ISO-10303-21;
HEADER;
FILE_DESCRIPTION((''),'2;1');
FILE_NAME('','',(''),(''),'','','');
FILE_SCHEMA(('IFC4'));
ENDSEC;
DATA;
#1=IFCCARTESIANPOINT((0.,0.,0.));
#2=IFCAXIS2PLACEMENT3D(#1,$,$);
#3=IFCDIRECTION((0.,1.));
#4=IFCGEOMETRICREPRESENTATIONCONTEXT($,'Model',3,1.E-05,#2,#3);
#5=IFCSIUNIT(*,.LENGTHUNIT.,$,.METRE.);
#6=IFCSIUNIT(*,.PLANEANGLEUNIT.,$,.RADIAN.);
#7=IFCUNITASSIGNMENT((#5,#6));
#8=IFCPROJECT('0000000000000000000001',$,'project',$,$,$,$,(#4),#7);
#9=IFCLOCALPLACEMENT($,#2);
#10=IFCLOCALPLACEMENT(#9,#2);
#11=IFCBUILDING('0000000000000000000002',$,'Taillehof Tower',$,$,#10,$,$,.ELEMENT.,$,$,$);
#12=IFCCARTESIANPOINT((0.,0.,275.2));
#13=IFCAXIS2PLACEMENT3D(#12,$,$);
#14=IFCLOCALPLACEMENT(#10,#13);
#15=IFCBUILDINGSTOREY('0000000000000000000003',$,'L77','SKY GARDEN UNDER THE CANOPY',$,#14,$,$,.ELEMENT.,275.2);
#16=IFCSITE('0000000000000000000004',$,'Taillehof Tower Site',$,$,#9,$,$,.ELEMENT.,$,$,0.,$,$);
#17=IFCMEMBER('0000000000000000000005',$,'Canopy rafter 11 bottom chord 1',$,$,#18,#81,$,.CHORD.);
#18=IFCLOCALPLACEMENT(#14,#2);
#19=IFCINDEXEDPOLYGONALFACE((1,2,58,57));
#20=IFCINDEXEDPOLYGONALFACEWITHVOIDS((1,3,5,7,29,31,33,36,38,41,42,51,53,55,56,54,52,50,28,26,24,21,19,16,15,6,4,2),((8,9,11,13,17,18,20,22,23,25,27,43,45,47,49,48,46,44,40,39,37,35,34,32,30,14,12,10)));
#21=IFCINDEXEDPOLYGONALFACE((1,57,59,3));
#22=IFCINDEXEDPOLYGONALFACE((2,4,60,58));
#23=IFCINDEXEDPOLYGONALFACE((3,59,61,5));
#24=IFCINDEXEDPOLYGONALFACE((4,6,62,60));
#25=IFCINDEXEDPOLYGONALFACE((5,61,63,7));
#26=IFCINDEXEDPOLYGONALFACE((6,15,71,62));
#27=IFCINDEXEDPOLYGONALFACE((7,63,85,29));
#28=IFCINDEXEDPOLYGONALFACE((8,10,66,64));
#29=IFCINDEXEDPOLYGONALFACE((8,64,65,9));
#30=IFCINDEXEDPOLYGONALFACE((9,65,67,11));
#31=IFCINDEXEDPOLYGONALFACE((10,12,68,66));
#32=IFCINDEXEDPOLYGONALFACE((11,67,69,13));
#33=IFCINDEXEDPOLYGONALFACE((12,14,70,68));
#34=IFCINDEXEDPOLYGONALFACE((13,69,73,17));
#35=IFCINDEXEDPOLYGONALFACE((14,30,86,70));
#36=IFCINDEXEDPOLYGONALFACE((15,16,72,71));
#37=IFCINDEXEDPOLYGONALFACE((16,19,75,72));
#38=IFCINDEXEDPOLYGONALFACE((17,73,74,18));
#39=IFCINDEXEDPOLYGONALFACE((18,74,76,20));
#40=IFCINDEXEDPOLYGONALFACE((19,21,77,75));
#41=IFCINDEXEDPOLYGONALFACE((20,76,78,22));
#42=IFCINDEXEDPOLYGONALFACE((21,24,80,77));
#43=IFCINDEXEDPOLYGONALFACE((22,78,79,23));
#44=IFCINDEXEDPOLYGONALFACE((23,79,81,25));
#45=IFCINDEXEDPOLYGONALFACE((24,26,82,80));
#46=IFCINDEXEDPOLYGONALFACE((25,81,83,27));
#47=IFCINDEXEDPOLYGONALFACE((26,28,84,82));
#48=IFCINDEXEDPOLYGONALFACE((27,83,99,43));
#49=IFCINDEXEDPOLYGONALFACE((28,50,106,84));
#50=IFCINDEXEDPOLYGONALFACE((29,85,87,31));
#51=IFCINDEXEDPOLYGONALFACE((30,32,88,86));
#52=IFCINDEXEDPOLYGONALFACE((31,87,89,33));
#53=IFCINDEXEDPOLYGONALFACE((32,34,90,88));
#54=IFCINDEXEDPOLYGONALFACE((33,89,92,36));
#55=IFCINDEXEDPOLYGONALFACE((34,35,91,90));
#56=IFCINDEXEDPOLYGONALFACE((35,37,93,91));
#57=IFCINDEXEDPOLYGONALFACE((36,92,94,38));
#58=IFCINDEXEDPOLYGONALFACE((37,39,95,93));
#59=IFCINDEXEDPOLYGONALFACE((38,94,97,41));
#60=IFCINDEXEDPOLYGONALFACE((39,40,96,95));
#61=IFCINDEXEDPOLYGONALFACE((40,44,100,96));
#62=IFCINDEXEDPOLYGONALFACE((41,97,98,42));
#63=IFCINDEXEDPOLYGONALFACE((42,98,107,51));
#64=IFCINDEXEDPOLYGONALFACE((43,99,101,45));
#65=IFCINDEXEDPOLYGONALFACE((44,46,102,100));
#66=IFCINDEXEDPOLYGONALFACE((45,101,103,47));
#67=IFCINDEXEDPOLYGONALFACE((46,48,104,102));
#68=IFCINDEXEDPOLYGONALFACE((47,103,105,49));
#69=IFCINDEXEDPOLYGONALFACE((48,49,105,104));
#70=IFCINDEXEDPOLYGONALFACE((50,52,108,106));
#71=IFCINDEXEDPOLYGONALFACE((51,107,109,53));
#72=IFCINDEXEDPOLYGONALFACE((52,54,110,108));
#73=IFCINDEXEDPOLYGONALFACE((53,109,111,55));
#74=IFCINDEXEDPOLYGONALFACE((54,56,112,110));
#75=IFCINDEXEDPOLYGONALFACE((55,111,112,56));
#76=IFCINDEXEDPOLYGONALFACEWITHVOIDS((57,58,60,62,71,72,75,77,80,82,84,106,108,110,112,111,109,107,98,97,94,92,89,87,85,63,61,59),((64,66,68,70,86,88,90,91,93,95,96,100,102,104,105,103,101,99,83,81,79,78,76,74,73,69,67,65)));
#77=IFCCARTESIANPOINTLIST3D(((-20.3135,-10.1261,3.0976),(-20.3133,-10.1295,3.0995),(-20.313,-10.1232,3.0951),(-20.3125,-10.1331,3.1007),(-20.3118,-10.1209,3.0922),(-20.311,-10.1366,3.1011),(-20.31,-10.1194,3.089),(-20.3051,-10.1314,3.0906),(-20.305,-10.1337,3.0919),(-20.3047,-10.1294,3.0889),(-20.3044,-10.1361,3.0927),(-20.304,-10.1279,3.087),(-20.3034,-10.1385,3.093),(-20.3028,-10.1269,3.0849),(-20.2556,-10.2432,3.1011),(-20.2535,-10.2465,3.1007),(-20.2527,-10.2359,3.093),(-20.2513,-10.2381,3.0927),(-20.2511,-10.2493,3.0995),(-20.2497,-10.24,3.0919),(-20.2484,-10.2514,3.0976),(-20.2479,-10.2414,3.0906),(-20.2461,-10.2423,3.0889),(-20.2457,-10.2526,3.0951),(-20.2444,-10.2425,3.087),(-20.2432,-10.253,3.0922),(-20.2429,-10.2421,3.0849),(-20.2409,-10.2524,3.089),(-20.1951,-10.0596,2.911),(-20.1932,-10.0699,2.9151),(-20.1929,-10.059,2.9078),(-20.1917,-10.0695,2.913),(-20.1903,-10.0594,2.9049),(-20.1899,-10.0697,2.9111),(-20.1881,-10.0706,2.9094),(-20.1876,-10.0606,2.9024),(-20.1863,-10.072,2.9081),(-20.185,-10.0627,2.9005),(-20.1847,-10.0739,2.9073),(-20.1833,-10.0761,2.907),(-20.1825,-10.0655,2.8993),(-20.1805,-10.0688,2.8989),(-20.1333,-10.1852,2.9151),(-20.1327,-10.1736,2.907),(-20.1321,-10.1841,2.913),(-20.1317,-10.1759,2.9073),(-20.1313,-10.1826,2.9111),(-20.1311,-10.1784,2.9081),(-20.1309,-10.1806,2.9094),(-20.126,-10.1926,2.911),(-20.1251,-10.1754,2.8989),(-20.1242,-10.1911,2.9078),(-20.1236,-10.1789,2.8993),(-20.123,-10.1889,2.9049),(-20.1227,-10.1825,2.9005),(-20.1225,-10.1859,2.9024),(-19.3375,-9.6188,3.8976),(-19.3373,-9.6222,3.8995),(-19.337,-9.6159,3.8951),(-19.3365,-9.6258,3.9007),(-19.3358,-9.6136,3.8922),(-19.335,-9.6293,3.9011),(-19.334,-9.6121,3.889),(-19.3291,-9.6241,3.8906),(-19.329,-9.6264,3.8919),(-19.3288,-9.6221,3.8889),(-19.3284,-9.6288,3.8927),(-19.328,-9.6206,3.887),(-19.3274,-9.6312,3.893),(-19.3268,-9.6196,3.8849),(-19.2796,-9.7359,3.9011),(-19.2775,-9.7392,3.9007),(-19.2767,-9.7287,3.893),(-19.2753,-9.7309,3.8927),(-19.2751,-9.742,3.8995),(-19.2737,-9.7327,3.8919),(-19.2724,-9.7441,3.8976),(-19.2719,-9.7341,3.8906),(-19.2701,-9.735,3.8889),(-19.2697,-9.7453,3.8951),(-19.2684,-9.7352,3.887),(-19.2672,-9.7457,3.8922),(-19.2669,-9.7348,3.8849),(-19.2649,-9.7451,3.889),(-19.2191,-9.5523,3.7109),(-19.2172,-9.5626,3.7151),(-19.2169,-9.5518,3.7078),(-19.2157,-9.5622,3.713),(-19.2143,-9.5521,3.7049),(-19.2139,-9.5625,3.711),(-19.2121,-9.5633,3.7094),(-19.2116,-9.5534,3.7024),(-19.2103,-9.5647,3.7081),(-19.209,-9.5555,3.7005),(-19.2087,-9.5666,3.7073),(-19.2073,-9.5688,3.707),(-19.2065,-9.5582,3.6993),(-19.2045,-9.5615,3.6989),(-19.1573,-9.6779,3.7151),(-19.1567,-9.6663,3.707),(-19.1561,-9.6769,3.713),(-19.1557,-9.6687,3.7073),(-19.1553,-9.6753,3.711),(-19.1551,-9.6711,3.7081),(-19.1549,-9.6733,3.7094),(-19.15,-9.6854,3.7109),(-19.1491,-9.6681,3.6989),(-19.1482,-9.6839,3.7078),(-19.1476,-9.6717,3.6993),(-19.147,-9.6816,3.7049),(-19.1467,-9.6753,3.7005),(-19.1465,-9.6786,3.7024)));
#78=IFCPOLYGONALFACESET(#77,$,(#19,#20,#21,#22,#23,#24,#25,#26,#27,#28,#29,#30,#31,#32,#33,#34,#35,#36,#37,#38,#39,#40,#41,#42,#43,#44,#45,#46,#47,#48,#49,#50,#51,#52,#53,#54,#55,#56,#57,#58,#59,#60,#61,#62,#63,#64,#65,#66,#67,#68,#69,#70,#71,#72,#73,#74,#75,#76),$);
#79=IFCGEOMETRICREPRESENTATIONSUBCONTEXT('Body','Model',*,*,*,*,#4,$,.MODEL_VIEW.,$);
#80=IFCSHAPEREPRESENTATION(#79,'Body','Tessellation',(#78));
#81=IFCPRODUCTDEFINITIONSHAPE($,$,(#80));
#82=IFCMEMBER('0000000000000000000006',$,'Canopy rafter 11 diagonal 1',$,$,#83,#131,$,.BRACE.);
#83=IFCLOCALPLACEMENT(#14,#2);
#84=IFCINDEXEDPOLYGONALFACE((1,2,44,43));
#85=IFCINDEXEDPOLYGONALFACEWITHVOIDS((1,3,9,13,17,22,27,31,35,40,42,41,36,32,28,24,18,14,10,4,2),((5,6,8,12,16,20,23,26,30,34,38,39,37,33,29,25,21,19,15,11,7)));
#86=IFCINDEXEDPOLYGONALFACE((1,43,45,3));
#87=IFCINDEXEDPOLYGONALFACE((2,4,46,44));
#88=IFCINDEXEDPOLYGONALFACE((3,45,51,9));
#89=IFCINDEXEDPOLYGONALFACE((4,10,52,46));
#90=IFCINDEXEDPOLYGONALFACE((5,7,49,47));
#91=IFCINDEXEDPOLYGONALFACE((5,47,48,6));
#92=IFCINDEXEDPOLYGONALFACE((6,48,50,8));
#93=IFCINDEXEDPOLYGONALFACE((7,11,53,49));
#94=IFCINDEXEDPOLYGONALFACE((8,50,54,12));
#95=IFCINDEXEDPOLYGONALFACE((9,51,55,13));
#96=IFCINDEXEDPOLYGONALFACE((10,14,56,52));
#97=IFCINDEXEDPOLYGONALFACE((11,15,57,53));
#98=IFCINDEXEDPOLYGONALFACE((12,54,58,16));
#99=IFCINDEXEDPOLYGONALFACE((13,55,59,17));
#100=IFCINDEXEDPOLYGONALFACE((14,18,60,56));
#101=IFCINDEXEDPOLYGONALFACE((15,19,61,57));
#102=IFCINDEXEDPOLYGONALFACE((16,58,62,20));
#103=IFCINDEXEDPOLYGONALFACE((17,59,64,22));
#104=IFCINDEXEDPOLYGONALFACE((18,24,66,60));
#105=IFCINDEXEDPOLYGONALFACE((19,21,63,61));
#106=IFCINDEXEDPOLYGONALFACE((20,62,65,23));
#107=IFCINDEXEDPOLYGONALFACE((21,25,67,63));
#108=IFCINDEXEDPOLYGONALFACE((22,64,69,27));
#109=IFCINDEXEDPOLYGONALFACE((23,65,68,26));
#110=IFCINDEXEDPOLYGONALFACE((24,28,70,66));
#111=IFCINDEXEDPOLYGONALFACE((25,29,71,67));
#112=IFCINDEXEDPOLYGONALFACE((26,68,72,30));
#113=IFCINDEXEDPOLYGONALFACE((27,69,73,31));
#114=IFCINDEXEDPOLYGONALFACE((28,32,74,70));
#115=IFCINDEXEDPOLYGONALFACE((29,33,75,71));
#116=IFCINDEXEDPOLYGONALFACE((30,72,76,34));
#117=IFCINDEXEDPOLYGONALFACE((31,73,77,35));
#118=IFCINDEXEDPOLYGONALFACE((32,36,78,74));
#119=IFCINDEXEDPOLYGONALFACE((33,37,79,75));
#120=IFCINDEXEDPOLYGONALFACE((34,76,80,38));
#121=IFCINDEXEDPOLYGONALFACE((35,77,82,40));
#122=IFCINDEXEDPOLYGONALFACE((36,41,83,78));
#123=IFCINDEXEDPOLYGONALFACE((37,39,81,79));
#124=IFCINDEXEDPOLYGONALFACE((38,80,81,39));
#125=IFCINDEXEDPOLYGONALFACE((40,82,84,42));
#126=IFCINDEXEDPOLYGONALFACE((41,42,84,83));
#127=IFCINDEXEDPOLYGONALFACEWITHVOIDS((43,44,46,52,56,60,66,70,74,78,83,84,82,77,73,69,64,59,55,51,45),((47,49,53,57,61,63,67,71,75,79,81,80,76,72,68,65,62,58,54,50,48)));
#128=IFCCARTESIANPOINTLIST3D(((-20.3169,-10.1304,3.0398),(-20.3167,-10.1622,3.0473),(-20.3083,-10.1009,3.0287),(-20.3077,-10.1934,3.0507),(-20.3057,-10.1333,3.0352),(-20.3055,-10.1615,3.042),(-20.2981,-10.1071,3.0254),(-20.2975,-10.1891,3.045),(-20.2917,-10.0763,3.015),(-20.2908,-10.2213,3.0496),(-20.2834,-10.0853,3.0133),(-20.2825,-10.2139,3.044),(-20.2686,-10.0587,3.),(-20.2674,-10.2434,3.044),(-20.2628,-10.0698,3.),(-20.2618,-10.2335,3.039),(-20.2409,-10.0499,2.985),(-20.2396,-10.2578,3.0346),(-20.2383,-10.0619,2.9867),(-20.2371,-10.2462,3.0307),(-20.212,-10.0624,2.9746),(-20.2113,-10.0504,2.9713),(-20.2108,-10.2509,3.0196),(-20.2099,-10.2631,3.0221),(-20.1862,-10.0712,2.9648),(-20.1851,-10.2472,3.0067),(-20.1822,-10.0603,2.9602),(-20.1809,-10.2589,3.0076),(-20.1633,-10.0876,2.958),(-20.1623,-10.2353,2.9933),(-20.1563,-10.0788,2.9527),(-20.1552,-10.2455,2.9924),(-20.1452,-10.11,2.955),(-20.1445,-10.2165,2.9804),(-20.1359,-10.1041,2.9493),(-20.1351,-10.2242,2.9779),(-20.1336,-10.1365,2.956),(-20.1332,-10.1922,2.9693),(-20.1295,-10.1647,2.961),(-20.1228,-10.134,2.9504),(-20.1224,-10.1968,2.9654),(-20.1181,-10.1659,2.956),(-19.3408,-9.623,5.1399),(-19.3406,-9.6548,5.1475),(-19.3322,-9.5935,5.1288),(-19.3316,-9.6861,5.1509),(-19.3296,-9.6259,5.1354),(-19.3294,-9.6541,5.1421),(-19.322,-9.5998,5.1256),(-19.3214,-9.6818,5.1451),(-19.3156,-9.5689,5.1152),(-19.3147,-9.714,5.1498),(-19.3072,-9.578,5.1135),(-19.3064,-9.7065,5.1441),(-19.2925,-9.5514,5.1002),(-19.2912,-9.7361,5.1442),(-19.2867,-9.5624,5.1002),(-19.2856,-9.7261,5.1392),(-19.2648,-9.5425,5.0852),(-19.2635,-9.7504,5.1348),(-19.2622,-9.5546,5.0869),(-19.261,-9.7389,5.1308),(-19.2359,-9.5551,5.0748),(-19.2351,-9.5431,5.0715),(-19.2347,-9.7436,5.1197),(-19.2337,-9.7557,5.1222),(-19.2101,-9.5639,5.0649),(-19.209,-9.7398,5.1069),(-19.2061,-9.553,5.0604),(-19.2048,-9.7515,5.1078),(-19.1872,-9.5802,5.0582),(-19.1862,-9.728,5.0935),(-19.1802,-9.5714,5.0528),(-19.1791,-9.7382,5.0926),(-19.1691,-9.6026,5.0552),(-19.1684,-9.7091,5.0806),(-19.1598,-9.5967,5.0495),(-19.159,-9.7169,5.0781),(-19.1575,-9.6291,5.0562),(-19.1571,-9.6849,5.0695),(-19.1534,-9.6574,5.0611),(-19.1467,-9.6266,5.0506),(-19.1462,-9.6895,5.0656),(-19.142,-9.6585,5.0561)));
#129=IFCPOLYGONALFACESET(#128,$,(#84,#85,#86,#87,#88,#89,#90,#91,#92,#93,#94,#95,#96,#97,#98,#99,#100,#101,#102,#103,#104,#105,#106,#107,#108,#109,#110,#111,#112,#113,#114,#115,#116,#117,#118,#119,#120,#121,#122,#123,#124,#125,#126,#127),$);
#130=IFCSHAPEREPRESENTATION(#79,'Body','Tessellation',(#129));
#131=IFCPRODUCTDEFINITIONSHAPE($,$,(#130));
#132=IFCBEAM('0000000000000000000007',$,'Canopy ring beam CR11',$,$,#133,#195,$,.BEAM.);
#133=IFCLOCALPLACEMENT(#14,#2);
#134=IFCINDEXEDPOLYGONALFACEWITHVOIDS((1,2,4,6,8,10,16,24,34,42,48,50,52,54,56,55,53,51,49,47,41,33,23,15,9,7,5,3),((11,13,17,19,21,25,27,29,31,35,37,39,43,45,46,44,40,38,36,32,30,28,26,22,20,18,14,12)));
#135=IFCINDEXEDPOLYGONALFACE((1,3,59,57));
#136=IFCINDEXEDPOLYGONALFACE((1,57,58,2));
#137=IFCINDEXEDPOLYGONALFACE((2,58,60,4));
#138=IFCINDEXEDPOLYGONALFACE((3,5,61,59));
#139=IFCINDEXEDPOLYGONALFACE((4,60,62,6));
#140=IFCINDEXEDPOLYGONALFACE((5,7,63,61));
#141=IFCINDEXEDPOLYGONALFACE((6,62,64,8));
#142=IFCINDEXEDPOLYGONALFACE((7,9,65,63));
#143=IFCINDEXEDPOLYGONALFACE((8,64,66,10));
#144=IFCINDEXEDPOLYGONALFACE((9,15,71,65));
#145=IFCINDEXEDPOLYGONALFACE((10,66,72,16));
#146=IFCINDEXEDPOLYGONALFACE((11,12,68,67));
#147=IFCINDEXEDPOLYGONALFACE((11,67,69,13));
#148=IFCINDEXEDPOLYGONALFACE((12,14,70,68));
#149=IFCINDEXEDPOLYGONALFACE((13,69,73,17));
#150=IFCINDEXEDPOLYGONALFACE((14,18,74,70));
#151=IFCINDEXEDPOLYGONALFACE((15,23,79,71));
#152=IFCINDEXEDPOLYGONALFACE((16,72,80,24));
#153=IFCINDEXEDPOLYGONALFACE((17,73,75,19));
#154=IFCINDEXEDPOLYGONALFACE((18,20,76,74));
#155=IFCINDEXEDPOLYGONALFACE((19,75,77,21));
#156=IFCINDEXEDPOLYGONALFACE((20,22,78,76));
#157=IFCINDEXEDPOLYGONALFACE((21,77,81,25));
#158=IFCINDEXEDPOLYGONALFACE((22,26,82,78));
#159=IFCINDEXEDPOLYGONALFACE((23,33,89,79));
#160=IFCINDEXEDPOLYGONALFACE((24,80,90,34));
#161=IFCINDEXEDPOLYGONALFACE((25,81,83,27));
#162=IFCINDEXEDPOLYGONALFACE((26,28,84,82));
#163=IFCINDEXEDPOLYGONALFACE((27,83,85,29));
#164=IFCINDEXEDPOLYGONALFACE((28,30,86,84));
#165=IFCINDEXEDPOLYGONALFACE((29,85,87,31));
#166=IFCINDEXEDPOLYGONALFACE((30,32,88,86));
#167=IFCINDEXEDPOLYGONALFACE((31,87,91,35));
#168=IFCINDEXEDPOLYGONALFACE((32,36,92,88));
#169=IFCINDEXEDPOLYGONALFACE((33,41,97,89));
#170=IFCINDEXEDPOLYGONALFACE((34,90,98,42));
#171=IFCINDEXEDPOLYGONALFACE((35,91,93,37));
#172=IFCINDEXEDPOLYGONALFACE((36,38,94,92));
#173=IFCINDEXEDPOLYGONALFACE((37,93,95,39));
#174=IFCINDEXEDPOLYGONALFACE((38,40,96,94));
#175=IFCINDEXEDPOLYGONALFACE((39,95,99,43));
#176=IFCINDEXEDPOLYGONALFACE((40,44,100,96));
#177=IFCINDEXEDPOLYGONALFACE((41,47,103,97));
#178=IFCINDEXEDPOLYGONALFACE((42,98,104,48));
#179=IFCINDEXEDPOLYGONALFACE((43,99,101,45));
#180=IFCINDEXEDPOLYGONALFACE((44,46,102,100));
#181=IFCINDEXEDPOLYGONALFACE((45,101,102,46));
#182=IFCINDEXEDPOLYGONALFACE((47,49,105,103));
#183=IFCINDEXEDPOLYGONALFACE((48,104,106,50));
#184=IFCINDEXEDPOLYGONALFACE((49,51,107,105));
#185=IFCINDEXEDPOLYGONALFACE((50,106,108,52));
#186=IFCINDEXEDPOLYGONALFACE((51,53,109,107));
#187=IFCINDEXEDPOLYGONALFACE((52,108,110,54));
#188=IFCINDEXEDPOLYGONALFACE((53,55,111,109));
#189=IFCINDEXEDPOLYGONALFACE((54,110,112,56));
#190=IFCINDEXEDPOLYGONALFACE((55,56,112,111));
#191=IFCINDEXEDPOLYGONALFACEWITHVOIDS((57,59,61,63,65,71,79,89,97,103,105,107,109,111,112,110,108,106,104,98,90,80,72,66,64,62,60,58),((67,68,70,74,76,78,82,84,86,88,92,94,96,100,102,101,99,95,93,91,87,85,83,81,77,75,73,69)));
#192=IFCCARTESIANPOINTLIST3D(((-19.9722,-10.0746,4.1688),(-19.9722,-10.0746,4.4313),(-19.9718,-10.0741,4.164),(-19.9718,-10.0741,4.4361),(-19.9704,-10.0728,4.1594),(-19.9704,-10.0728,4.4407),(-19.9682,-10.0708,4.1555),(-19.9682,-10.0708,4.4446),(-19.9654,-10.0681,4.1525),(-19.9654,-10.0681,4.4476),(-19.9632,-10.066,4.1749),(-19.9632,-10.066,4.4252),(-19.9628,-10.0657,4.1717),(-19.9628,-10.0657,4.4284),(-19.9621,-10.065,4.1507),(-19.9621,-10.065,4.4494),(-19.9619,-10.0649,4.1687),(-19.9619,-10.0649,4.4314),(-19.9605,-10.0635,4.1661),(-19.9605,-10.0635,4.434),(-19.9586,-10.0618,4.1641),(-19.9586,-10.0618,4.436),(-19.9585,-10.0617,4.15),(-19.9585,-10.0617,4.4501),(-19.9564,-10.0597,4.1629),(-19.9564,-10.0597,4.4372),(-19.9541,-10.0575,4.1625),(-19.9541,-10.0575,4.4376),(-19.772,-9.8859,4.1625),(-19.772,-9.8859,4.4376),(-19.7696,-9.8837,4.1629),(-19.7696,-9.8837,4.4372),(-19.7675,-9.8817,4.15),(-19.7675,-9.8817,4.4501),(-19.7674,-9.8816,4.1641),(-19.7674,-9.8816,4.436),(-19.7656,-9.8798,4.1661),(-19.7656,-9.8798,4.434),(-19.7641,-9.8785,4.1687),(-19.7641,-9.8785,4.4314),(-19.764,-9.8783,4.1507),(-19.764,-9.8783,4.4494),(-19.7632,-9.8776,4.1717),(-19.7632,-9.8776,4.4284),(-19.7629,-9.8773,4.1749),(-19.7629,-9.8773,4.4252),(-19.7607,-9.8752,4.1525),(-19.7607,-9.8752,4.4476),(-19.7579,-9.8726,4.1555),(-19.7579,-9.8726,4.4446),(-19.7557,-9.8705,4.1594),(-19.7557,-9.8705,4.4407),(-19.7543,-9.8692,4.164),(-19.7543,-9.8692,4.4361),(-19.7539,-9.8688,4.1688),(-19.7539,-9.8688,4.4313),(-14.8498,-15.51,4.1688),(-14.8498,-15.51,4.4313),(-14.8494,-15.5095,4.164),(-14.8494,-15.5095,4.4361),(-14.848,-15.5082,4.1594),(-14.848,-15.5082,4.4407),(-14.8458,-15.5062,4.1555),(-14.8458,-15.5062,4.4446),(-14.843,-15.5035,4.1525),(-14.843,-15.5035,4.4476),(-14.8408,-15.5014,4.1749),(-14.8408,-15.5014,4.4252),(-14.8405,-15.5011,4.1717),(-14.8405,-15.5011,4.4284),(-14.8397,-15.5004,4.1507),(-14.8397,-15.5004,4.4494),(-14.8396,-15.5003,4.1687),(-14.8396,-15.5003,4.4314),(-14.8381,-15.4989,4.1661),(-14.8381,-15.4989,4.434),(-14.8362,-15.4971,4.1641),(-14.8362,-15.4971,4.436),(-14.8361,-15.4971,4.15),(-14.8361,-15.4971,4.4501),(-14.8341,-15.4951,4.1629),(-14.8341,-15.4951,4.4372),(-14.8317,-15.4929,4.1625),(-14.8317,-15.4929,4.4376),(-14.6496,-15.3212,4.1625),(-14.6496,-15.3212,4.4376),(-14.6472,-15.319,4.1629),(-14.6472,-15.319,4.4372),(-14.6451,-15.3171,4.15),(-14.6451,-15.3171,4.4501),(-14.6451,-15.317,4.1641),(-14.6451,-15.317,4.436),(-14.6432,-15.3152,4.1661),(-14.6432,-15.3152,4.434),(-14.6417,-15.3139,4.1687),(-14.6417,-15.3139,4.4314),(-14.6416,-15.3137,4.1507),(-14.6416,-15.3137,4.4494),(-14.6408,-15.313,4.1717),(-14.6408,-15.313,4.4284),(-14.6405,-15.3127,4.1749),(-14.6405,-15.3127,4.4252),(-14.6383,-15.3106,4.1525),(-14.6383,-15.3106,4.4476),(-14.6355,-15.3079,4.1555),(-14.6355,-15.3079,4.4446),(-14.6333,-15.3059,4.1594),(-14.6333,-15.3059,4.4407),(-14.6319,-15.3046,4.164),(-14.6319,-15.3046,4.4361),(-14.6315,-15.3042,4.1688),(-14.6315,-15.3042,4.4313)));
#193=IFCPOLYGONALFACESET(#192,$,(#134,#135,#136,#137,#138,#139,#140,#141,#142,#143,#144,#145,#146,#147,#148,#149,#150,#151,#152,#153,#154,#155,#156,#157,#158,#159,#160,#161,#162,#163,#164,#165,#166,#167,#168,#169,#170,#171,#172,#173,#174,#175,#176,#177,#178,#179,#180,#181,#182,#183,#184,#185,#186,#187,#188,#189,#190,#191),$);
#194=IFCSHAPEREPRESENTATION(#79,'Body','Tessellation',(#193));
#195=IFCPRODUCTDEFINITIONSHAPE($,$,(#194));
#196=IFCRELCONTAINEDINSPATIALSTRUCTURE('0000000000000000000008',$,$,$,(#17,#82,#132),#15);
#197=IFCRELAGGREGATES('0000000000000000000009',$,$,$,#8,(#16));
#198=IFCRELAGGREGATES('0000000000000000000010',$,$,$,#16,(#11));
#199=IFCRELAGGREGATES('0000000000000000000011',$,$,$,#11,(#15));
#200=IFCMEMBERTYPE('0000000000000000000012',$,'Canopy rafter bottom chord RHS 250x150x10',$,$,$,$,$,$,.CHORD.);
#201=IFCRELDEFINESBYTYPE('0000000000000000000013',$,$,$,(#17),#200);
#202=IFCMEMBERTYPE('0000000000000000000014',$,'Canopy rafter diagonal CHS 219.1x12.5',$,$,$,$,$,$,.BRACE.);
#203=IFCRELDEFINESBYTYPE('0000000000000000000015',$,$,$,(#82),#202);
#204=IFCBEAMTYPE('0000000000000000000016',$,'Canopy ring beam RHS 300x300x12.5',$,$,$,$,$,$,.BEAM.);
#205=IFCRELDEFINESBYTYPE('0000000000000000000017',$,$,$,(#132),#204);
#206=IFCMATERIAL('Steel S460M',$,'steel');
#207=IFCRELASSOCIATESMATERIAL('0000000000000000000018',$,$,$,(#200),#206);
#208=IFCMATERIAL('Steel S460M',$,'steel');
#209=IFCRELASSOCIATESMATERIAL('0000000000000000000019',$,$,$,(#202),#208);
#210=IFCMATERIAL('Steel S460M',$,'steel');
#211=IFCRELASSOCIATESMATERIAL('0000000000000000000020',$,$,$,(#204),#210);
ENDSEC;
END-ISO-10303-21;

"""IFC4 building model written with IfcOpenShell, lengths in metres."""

from ifc_helpers import new_model, si_unit, direction, frame, origin, origin_2d, place, context, subcontext, project, spatial, hollow_rectangle, hollow_circle, extrude, material, material_profile, profile_set, type_object, element, save


model = new_model("IFC4")

# Units and contexts
model_context = context("Model", 3, precision=1e-05, world=origin(), true_north=direction((0.0, 1.0)))
body_context = subcontext(model_context, "Body", "Model", "MODEL_VIEW")
ifc_project = project(units=[si_unit("LENGTHUNIT", "METRE"), si_unit("PLANEANGLEUNIT", "RADIAN")], contexts=[model_context])

# Site, building, storey
site_placement = place(None, origin())
site = spatial("IfcSite", under=ifc_project, at=site_placement, Name="Taillehof Tower Site", CompositionType="ELEMENT", RefElevation=0.0)
building_placement = place(site_placement, origin())
building = spatial("IfcBuilding", under=site, at=building_placement, Name="Taillehof Tower", CompositionType="ELEMENT")
storey_placement = place(building_placement, frame((0.0, 0.0, 275.2)))
storey = spatial("IfcBuildingStorey", under=building, at=storey_placement, Name="L77", Description="SKY GARDEN UNDER THE CANOPY", CompositionType="ELEMENT", Elevation=275.2)

# Members
ifc_material_1 = material(Name="Steel S460M", Category="steel")
ifc_material_profile_1 = material_profile(ifc_material_1, hollow_rectangle(XDim=0.1499, YDim=0.25, WallThickness=0.01, InnerFilletRadius=0.01, OuterFilletRadius=0.0149, at=origin_2d()), Name="RHS 250x150x10")
ifc_profile_set_1 = profile_set([ifc_material_profile_1], Name="Steel S460M")
member_type_1 = type_object("IfcMemberType", Name="Canopy rafter bottom chord RHS 250x150x10", PredefinedType="CHORD", material=ifc_profile_set_1)
member_1_placement = place(storey_placement, frame((-20.218, -10.156, 3.0), z_axis=(0.71759, 0.372974, 0.588179), x_axis=(-0.461185, 0.887304, 0.0)))
element("IfcMember", 1, at=member_1_placement, inside=storey, type_object=member_type_1, Name="Canopy rafter 11 bottom chord 1", PredefinedType="CHORD", context=body_context, shape_type="SweptSolid", body=[
    extrude(hollow_rectangle(XDim=0.1499, YDim=0.25, WallThickness=0.01, InnerFilletRadius=0.01, OuterFilletRadius=0.0149, at=origin_2d()), origin(), (0.0, 0.0, 1.0), 1.3601),
])
ifc_material_2 = material(Name="Steel S460M", Category="steel")
ifc_material_profile_2 = material_profile(ifc_material_2, hollow_circle(Radius=0.1096, WallThickness=0.0125, at=origin_2d()), Name="CHS 219.1x12.5")
ifc_profile_set_2 = profile_set([ifc_material_profile_2], Name="Steel S460M")
member_type_2 = type_object("IfcMemberType", Name="Canopy rafter diagonal CHS 219.1x12.5", PredefinedType="BRACE", material=ifc_profile_set_2)
member_2_placement = place(storey_placement, frame((-20.218, -10.156, 3.0), z_axis=(0.411713, 0.213992, 0.885833), x_axis=(-0.461185, 0.887304, 0.0)))
element("IfcMember", 2, at=member_2_placement, inside=storey, type_object=member_type_2, Name="Canopy rafter 11 diagonal 1", PredefinedType="BRACE", context=body_context, shape_type="SweptSolid", body=[
    extrude(hollow_circle(Radius=0.1096, WallThickness=0.0125, at=origin_2d()), origin(), (0.0, 0.0, 1.0), 2.3708),
])

# Beam
ifc_material_3 = material(Name="Steel S460M", Category="steel")
ifc_material_profile_3 = material_profile(ifc_material_3, hollow_rectangle(XDim=0.3, YDim=0.3, WallThickness=0.0125, InnerFilletRadius=0.0125, OuterFilletRadius=0.0188, at=origin_2d()), Name="RHS 300x300x12.5")
ifc_profile_set_3 = profile_set([ifc_material_profile_3], Name="Steel S460M")
beam_type_1 = type_object("IfcBeamType", Name="Canopy ring beam RHS 300x300x12.5", PredefinedType="BEAM", material=ifc_profile_set_3)
beam_1_placement = place(storey_placement, frame((-19.863, -9.9717, 4.3), z_axis=(0.685843, -0.72775, 0.0), x_axis=(0.72775, 0.685843, 0.0)))
element("IfcBeam", 3, at=beam_1_placement, inside=storey, type_object=beam_type_1, Name="Canopy ring beam CR11", PredefinedType="BEAM", context=body_context, shape_type="SweptSolid", body=[
    extrude(hollow_rectangle(XDim=0.3, YDim=0.3, WallThickness=0.0125, InnerFilletRadius=0.0125, OuterFilletRadius=0.0188, at=origin_2d()), origin(), (0.0, 0.0, 1.0), 7.4688),
])

save(model, "model.ifc")
